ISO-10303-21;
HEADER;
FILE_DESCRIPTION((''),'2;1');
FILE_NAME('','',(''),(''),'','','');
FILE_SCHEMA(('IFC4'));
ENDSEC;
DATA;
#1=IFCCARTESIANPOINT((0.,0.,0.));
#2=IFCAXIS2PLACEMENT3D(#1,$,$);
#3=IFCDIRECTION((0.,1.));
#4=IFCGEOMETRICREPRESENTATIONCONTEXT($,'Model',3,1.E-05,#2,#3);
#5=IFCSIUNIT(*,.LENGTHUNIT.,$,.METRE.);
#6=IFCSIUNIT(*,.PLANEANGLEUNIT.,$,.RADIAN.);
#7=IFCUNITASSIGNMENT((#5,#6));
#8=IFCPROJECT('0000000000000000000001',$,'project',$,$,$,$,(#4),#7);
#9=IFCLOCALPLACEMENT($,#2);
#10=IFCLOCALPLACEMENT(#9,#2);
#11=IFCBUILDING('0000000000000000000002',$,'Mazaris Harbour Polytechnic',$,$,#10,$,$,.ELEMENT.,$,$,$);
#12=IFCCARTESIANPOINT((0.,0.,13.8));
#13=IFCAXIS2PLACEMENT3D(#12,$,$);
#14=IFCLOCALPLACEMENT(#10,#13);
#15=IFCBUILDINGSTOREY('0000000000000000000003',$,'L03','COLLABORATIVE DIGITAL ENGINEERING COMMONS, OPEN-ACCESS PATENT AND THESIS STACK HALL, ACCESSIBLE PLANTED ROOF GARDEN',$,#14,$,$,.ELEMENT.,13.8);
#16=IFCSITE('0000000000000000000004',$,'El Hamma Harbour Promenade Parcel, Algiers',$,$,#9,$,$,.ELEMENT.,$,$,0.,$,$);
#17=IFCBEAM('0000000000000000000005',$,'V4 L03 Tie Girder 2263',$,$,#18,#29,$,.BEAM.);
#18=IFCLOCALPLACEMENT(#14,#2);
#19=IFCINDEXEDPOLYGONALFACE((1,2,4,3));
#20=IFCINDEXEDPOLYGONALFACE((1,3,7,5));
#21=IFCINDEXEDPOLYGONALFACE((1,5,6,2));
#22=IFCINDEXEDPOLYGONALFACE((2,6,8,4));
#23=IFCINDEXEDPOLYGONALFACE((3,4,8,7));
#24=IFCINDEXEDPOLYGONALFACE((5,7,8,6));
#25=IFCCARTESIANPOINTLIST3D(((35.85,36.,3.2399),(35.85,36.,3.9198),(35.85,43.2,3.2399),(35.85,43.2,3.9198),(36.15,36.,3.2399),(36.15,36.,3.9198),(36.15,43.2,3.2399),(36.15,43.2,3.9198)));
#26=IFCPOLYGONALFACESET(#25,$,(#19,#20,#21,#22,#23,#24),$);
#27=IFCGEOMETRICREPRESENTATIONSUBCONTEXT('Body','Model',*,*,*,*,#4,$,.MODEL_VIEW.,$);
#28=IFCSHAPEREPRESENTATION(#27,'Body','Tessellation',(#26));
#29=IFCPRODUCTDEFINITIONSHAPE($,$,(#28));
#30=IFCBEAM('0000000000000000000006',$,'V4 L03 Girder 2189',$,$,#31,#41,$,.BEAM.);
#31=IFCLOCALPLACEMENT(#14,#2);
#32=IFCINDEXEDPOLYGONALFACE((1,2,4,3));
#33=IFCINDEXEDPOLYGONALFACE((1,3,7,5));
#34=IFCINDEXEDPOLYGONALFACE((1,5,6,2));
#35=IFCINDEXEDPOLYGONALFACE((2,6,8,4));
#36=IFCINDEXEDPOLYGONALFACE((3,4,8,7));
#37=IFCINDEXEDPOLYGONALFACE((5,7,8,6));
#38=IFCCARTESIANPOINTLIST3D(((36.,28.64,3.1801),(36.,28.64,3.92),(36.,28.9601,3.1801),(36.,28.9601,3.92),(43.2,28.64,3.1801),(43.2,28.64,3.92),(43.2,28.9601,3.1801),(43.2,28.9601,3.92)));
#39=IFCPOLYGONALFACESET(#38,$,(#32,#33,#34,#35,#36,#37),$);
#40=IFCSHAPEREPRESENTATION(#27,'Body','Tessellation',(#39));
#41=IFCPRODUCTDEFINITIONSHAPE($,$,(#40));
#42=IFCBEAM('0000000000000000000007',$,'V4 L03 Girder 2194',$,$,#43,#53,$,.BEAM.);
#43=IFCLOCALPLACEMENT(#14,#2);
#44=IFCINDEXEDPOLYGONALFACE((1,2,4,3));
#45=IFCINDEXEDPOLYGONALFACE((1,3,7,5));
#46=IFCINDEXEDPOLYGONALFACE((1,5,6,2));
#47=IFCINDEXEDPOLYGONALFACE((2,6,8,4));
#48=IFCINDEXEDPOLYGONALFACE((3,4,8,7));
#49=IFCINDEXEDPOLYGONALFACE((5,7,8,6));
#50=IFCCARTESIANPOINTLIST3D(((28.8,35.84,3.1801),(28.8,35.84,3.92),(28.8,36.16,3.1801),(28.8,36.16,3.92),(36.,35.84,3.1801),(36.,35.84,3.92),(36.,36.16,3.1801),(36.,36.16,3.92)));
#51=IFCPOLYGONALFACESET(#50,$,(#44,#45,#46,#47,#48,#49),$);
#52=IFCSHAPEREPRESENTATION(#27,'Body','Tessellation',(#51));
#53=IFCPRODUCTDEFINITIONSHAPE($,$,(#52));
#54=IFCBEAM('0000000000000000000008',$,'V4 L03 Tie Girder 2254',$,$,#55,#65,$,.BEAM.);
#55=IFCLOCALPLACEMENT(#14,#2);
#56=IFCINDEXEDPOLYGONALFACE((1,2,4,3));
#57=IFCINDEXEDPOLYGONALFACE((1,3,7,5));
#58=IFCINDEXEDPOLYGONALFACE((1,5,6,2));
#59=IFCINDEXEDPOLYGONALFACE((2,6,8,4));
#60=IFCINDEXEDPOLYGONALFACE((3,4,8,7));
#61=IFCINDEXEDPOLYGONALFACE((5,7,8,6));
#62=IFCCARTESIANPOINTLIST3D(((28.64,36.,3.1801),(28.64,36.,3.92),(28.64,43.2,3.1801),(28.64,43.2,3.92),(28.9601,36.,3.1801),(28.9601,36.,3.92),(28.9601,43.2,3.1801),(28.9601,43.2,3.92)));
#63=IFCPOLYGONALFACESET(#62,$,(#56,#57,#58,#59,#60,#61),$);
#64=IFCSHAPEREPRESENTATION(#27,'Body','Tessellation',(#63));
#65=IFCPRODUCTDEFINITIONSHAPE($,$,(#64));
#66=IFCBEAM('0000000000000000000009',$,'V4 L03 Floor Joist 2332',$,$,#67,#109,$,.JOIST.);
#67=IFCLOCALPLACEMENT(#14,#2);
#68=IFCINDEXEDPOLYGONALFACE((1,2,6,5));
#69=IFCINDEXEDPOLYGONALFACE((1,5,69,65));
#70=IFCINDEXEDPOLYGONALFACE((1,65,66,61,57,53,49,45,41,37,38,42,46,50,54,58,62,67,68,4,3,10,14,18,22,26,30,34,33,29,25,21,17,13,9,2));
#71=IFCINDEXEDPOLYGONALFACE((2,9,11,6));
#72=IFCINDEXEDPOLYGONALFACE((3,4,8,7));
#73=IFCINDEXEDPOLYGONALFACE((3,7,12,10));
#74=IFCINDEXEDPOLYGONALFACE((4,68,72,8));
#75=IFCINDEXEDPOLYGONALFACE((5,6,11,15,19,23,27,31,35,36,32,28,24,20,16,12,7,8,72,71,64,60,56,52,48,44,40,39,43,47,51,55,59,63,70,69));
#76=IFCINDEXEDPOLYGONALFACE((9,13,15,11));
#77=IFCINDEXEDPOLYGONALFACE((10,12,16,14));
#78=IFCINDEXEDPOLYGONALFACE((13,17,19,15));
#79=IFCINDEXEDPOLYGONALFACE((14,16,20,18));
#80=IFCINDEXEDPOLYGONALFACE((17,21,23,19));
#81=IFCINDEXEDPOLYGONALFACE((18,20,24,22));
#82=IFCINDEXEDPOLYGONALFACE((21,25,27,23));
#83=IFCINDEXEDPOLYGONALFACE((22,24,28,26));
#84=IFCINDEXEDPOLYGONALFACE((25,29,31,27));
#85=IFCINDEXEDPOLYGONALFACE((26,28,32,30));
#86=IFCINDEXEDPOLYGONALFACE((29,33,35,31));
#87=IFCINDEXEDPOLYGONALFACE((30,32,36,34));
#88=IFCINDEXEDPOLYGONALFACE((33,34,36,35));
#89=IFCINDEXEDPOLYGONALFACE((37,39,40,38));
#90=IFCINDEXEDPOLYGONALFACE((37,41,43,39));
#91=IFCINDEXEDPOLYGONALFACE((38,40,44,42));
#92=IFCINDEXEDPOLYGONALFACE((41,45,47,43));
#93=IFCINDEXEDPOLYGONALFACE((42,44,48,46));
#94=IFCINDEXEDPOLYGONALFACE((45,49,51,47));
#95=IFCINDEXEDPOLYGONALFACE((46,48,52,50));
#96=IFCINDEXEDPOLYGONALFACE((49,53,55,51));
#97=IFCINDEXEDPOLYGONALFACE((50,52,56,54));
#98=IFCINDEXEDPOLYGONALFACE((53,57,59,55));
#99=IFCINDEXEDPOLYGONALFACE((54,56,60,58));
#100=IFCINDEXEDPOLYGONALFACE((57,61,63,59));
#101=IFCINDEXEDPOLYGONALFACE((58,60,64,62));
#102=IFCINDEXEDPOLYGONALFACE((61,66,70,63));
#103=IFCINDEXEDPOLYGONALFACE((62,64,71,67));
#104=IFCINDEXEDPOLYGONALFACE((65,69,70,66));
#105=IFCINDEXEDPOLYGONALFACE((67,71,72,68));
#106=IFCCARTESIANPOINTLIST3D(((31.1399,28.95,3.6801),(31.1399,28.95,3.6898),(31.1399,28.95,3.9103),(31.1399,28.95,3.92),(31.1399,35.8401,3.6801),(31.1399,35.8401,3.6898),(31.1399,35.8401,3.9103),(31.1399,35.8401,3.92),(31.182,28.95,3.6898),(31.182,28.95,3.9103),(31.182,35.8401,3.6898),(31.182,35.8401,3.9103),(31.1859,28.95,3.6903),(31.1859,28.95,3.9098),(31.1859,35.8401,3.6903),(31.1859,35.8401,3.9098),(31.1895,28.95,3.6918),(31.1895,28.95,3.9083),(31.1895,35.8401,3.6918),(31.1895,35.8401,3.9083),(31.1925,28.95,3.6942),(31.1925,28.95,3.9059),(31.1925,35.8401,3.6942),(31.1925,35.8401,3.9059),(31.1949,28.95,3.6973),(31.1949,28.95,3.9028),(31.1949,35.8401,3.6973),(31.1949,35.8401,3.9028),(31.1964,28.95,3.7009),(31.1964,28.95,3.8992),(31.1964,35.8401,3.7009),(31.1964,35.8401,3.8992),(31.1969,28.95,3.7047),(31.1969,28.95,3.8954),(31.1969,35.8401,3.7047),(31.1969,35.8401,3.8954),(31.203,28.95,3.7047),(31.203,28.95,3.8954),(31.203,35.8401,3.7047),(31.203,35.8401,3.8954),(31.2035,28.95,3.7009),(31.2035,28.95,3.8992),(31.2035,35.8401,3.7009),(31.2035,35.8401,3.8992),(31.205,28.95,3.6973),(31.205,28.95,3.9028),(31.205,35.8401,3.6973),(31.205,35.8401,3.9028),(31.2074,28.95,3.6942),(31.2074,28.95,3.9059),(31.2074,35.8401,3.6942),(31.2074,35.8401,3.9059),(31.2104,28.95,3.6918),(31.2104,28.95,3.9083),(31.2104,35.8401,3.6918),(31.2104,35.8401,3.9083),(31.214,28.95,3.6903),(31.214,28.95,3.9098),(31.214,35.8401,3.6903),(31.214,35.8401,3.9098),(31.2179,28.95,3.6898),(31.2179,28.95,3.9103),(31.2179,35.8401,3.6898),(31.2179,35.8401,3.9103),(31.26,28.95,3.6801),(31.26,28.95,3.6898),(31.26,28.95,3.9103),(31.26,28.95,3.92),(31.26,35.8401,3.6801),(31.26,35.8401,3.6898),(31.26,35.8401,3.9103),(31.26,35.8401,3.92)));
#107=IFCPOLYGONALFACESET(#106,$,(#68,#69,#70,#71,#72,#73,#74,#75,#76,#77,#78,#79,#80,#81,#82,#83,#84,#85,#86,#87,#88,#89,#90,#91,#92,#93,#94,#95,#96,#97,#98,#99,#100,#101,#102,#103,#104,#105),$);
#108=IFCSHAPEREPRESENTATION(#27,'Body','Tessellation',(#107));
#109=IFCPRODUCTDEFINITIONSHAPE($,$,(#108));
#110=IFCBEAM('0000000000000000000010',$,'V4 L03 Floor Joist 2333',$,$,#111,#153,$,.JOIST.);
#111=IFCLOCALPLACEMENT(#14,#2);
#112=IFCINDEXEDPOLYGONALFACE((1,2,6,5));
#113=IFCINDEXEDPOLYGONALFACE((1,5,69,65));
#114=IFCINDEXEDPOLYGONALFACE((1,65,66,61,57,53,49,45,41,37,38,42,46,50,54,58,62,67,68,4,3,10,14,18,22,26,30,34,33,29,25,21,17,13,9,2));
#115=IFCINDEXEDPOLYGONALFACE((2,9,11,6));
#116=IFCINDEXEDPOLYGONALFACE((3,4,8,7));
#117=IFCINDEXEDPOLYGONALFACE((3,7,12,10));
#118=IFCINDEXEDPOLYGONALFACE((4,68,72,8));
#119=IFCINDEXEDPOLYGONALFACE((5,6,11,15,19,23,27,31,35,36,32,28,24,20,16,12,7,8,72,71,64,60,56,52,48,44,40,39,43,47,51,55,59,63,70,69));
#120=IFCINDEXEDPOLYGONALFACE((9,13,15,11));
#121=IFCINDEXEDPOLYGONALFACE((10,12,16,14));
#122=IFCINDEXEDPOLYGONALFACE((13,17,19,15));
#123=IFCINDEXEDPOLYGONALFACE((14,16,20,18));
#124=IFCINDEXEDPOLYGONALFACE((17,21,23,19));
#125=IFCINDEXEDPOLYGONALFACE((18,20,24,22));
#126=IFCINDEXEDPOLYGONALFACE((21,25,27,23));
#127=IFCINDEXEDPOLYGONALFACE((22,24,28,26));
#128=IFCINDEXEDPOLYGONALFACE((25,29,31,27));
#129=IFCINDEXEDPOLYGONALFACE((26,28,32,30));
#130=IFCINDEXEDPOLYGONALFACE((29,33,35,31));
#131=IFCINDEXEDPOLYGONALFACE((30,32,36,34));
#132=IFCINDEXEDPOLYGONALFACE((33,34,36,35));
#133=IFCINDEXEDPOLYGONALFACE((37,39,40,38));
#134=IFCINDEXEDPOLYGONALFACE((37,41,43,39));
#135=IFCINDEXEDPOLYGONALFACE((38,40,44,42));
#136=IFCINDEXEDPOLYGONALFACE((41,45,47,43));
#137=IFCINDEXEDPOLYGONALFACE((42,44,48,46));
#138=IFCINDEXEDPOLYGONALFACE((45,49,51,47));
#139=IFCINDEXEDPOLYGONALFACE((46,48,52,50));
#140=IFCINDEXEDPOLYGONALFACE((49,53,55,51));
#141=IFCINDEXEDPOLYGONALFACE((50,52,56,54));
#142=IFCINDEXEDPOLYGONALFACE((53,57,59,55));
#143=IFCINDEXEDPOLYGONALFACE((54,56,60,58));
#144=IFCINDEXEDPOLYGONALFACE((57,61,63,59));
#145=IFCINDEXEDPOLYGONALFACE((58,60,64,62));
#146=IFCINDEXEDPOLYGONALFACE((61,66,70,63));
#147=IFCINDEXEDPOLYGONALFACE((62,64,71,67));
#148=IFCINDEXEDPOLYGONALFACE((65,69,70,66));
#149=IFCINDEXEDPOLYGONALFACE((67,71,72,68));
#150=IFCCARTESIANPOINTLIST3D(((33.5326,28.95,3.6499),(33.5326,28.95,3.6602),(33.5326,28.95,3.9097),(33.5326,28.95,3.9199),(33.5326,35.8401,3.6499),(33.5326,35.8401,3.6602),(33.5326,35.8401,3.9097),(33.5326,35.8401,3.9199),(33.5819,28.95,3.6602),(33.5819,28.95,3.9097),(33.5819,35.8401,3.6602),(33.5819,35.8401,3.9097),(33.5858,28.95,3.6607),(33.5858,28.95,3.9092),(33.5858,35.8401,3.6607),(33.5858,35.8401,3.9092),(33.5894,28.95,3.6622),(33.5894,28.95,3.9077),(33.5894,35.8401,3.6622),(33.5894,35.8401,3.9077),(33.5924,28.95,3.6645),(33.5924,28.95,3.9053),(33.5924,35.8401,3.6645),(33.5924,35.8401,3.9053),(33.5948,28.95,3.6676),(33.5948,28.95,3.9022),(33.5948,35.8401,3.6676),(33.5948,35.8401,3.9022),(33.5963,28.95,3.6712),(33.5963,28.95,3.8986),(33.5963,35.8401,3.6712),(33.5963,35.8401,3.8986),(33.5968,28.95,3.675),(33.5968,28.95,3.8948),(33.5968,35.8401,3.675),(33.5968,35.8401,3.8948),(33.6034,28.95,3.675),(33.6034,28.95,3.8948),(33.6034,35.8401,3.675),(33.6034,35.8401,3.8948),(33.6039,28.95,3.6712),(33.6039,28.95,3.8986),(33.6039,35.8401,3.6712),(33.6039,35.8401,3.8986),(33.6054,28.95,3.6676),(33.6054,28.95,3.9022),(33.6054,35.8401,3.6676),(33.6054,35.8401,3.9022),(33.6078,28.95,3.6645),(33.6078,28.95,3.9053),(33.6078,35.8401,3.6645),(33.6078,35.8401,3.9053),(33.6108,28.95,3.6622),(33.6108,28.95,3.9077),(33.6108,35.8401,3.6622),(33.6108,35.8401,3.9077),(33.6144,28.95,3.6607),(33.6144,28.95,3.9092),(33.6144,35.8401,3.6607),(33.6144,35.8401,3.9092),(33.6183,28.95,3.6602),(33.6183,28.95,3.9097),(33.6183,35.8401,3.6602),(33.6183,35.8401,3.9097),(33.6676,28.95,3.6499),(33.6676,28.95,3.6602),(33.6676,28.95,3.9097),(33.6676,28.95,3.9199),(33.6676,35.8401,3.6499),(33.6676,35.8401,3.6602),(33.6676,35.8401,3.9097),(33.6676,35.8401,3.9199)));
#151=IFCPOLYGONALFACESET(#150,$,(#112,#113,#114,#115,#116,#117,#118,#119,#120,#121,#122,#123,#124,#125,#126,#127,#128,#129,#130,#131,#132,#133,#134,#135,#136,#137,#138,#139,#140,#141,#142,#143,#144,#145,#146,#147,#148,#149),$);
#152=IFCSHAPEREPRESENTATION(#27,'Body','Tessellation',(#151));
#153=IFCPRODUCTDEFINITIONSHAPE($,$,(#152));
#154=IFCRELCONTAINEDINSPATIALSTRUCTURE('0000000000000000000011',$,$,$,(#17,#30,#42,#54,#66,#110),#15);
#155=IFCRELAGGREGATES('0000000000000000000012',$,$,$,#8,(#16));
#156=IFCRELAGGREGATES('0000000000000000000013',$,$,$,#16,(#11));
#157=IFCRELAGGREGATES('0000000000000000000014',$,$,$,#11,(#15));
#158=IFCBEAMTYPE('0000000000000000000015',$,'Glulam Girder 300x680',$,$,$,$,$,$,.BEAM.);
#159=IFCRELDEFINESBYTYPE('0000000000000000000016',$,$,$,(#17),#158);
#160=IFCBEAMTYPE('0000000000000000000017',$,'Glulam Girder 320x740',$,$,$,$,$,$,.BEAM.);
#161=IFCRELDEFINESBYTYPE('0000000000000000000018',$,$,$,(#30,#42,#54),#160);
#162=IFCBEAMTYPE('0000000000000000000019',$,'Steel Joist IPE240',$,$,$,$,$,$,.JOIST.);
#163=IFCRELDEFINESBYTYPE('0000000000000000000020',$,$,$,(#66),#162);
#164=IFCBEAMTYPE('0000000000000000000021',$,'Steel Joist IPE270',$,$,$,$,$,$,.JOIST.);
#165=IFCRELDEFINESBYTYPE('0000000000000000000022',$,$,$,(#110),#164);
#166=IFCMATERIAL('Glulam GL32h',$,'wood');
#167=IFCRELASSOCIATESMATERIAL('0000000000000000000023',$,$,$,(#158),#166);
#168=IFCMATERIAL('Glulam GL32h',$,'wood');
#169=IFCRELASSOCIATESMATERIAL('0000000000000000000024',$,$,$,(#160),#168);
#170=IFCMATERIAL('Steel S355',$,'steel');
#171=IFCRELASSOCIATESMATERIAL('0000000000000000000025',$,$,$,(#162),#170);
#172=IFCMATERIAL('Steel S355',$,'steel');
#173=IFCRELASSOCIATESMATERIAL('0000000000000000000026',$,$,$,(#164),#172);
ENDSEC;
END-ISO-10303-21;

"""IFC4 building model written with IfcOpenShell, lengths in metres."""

from ifc_helpers import new_model, si_unit, direction, frame, origin, origin_2d, place, context, subcontext, project, spatial, rectangle, i_section, extrude, material, material_profile, profile_set, type_object, element, save


model = new_model("IFC4")

# Units and contexts
model_context = context("Model", 3, precision=1e-05, world=origin(), true_north=direction((0.0, 1.0)))
body_context = subcontext(model_context, "Body", "Model", "MODEL_VIEW")
ifc_project = project(units=[si_unit("LENGTHUNIT", "METRE"), si_unit("PLANEANGLEUNIT", "RADIAN")], contexts=[model_context])

# Site, building, storey
site_placement = place(None, origin())
site = spatial("IfcSite", under=ifc_project, at=site_placement, Name="El Hamma Harbour Promenade Parcel, Algiers", CompositionType="ELEMENT", RefElevation=0.0)
building_placement = place(site_placement, origin())
building = spatial("IfcBuilding", under=site, at=building_placement, Name="Mazaris Harbour Polytechnic", CompositionType="ELEMENT")
storey_placement = place(building_placement, frame((0.0, 0.0, 13.8)))
storey = spatial("IfcBuildingStorey", under=building, at=storey_placement, Name="L03", Description="COLLABORATIVE DIGITAL ENGINEERING COMMONS, OPEN-ACCESS PATENT AND THESIS STACK HALL, ACCESSIBLE PLANTED ROOF GARDEN", CompositionType="ELEMENT", Elevation=13.8)

# Beams
ifc_material_1 = material(Name="Glulam GL32h", Category="wood")
ifc_material_profile_1 = material_profile(ifc_material_1, rectangle(XDim=0.3, YDim=0.6799, at=origin_2d()), Name="RECT300x680")
ifc_profile_set_1 = profile_set([ifc_material_profile_1], Name="Glulam GL32h")
beam_type_1 = type_object("IfcBeamType", Name="Glulam Girder 300x680", PredefinedType="BEAM", material=ifc_profile_set_1)
for number, where, z_axis, x_axis, name in (
    (1, (36.0, 36.0, 3.5798), (0.0, 1.0, 0.0), (-1.0, 0.0, 0.0), "V4 L03 Tie Girder 2263"),
):
    element("IfcBeam", number, at=place(storey_placement, frame(where, z_axis=z_axis, x_axis=x_axis)), inside=storey, type_object=beam_type_1, Name=name, PredefinedType="BEAM", context=body_context, shape_type="SweptSolid", body=[
        extrude(rectangle(XDim=0.3, YDim=0.6799, at=origin_2d()), origin(), (0.0, 0.0, 1.0), 7.2),
    ])
ifc_material_2 = material(Name="Glulam GL32h", Category="wood")
ifc_material_profile_2 = material_profile(ifc_material_2, rectangle(XDim=0.3201, YDim=0.74, at=origin_2d()), Name="RECT320x740")
ifc_profile_set_2 = profile_set([ifc_material_profile_2], Name="Glulam GL32h")
beam_type_2 = type_object("IfcBeamType", Name="Glulam Girder 320x740", PredefinedType="BEAM", material=ifc_profile_set_2)
for number, where, z_axis, x_axis, name in (
    (2, (36.0, 28.8, 3.55), (1.0, 0.0, 0.0), (0.0, 1.0, 0.0), "V4 L03 Girder 2189"),
    (3, (28.8, 36.0, 3.55), (1.0, 0.0, 0.0), (0.0, 1.0, 0.0), "V4 L03 Girder 2194"),
    (4, (28.8, 36.0, 3.55), (0.0, 1.0, 0.0), (-1.0, 0.0, 0.0), "V4 L03 Tie Girder 2254"),
):
    element("IfcBeam", number, at=place(storey_placement, frame(where, z_axis=z_axis, x_axis=x_axis)), inside=storey, type_object=beam_type_2, Name=name, PredefinedType="BEAM", context=body_context, shape_type="SweptSolid", body=[
        extrude(rectangle(XDim=0.3201, YDim=0.74, at=origin_2d()), origin(), (0.0, 0.0, 1.0), 7.2),
    ])
ifc_material_3 = material(Name="Steel S355", Category="steel")
ifc_material_profile_3 = material_profile(ifc_material_3, i_section(OverallWidth=0.1201, OverallDepth=0.24, WebThickness=0.0061, FlangeThickness=0.0098, FilletRadius=0.0149, at=origin_2d()), Name="IPE 240")
ifc_profile_set_3 = profile_set([ifc_material_profile_3], Name="Steel S355")
beam_type_3 = type_object("IfcBeamType", Name="Steel Joist IPE240", PredefinedType="JOIST", material=ifc_profile_set_3)
beam_1_placement = place(storey_placement, frame((31.2, 28.95, 3.8), z_axis=(0.0, 1.0, 0.0), x_axis=(-1.0, 0.0, 0.0)))
element("IfcBeam", 5, at=beam_1_placement, inside=storey, type_object=beam_type_3, Name="V4 L03 Floor Joist 2332", PredefinedType="JOIST", context=body_context, shape_type="SweptSolid", body=[
    extrude(i_section(OverallWidth=0.1201, OverallDepth=0.24, WebThickness=0.0061, FlangeThickness=0.0098, FilletRadius=0.0149, at=origin_2d()), origin(), (0.0, 0.0, 1.0), 6.8901),
])
ifc_material_4 = material(Name="Steel S355", Category="steel")
ifc_material_profile_4 = material_profile(ifc_material_4, i_section(OverallWidth=0.135, OverallDepth=0.27, WebThickness=0.0066, FlangeThickness=0.0103, FilletRadius=0.0149, at=origin_2d()), Name="IPE 270")
ifc_profile_set_4 = profile_set([ifc_material_profile_4], Name="Steel S355")
beam_type_4 = type_object("IfcBeamType", Name="Steel Joist IPE270", PredefinedType="JOIST", material=ifc_profile_set_4)
beam_2_placement = place(storey_placement, frame((33.6001, 28.95, 3.7849), z_axis=(0.0, 1.0, 0.0), x_axis=(-1.0, 0.0, 0.0)))
element("IfcBeam", 6, at=beam_2_placement, inside=storey, type_object=beam_type_4, Name="V4 L03 Floor Joist 2333", PredefinedType="JOIST", context=body_context, shape_type="SweptSolid", body=[
    extrude(i_section(OverallWidth=0.135, OverallDepth=0.27, WebThickness=0.0066, FlangeThickness=0.0103, FilletRadius=0.0149, at=origin_2d()), origin(), (0.0, 0.0, 1.0), 6.8901),
])

save(model, "model.ifc")
